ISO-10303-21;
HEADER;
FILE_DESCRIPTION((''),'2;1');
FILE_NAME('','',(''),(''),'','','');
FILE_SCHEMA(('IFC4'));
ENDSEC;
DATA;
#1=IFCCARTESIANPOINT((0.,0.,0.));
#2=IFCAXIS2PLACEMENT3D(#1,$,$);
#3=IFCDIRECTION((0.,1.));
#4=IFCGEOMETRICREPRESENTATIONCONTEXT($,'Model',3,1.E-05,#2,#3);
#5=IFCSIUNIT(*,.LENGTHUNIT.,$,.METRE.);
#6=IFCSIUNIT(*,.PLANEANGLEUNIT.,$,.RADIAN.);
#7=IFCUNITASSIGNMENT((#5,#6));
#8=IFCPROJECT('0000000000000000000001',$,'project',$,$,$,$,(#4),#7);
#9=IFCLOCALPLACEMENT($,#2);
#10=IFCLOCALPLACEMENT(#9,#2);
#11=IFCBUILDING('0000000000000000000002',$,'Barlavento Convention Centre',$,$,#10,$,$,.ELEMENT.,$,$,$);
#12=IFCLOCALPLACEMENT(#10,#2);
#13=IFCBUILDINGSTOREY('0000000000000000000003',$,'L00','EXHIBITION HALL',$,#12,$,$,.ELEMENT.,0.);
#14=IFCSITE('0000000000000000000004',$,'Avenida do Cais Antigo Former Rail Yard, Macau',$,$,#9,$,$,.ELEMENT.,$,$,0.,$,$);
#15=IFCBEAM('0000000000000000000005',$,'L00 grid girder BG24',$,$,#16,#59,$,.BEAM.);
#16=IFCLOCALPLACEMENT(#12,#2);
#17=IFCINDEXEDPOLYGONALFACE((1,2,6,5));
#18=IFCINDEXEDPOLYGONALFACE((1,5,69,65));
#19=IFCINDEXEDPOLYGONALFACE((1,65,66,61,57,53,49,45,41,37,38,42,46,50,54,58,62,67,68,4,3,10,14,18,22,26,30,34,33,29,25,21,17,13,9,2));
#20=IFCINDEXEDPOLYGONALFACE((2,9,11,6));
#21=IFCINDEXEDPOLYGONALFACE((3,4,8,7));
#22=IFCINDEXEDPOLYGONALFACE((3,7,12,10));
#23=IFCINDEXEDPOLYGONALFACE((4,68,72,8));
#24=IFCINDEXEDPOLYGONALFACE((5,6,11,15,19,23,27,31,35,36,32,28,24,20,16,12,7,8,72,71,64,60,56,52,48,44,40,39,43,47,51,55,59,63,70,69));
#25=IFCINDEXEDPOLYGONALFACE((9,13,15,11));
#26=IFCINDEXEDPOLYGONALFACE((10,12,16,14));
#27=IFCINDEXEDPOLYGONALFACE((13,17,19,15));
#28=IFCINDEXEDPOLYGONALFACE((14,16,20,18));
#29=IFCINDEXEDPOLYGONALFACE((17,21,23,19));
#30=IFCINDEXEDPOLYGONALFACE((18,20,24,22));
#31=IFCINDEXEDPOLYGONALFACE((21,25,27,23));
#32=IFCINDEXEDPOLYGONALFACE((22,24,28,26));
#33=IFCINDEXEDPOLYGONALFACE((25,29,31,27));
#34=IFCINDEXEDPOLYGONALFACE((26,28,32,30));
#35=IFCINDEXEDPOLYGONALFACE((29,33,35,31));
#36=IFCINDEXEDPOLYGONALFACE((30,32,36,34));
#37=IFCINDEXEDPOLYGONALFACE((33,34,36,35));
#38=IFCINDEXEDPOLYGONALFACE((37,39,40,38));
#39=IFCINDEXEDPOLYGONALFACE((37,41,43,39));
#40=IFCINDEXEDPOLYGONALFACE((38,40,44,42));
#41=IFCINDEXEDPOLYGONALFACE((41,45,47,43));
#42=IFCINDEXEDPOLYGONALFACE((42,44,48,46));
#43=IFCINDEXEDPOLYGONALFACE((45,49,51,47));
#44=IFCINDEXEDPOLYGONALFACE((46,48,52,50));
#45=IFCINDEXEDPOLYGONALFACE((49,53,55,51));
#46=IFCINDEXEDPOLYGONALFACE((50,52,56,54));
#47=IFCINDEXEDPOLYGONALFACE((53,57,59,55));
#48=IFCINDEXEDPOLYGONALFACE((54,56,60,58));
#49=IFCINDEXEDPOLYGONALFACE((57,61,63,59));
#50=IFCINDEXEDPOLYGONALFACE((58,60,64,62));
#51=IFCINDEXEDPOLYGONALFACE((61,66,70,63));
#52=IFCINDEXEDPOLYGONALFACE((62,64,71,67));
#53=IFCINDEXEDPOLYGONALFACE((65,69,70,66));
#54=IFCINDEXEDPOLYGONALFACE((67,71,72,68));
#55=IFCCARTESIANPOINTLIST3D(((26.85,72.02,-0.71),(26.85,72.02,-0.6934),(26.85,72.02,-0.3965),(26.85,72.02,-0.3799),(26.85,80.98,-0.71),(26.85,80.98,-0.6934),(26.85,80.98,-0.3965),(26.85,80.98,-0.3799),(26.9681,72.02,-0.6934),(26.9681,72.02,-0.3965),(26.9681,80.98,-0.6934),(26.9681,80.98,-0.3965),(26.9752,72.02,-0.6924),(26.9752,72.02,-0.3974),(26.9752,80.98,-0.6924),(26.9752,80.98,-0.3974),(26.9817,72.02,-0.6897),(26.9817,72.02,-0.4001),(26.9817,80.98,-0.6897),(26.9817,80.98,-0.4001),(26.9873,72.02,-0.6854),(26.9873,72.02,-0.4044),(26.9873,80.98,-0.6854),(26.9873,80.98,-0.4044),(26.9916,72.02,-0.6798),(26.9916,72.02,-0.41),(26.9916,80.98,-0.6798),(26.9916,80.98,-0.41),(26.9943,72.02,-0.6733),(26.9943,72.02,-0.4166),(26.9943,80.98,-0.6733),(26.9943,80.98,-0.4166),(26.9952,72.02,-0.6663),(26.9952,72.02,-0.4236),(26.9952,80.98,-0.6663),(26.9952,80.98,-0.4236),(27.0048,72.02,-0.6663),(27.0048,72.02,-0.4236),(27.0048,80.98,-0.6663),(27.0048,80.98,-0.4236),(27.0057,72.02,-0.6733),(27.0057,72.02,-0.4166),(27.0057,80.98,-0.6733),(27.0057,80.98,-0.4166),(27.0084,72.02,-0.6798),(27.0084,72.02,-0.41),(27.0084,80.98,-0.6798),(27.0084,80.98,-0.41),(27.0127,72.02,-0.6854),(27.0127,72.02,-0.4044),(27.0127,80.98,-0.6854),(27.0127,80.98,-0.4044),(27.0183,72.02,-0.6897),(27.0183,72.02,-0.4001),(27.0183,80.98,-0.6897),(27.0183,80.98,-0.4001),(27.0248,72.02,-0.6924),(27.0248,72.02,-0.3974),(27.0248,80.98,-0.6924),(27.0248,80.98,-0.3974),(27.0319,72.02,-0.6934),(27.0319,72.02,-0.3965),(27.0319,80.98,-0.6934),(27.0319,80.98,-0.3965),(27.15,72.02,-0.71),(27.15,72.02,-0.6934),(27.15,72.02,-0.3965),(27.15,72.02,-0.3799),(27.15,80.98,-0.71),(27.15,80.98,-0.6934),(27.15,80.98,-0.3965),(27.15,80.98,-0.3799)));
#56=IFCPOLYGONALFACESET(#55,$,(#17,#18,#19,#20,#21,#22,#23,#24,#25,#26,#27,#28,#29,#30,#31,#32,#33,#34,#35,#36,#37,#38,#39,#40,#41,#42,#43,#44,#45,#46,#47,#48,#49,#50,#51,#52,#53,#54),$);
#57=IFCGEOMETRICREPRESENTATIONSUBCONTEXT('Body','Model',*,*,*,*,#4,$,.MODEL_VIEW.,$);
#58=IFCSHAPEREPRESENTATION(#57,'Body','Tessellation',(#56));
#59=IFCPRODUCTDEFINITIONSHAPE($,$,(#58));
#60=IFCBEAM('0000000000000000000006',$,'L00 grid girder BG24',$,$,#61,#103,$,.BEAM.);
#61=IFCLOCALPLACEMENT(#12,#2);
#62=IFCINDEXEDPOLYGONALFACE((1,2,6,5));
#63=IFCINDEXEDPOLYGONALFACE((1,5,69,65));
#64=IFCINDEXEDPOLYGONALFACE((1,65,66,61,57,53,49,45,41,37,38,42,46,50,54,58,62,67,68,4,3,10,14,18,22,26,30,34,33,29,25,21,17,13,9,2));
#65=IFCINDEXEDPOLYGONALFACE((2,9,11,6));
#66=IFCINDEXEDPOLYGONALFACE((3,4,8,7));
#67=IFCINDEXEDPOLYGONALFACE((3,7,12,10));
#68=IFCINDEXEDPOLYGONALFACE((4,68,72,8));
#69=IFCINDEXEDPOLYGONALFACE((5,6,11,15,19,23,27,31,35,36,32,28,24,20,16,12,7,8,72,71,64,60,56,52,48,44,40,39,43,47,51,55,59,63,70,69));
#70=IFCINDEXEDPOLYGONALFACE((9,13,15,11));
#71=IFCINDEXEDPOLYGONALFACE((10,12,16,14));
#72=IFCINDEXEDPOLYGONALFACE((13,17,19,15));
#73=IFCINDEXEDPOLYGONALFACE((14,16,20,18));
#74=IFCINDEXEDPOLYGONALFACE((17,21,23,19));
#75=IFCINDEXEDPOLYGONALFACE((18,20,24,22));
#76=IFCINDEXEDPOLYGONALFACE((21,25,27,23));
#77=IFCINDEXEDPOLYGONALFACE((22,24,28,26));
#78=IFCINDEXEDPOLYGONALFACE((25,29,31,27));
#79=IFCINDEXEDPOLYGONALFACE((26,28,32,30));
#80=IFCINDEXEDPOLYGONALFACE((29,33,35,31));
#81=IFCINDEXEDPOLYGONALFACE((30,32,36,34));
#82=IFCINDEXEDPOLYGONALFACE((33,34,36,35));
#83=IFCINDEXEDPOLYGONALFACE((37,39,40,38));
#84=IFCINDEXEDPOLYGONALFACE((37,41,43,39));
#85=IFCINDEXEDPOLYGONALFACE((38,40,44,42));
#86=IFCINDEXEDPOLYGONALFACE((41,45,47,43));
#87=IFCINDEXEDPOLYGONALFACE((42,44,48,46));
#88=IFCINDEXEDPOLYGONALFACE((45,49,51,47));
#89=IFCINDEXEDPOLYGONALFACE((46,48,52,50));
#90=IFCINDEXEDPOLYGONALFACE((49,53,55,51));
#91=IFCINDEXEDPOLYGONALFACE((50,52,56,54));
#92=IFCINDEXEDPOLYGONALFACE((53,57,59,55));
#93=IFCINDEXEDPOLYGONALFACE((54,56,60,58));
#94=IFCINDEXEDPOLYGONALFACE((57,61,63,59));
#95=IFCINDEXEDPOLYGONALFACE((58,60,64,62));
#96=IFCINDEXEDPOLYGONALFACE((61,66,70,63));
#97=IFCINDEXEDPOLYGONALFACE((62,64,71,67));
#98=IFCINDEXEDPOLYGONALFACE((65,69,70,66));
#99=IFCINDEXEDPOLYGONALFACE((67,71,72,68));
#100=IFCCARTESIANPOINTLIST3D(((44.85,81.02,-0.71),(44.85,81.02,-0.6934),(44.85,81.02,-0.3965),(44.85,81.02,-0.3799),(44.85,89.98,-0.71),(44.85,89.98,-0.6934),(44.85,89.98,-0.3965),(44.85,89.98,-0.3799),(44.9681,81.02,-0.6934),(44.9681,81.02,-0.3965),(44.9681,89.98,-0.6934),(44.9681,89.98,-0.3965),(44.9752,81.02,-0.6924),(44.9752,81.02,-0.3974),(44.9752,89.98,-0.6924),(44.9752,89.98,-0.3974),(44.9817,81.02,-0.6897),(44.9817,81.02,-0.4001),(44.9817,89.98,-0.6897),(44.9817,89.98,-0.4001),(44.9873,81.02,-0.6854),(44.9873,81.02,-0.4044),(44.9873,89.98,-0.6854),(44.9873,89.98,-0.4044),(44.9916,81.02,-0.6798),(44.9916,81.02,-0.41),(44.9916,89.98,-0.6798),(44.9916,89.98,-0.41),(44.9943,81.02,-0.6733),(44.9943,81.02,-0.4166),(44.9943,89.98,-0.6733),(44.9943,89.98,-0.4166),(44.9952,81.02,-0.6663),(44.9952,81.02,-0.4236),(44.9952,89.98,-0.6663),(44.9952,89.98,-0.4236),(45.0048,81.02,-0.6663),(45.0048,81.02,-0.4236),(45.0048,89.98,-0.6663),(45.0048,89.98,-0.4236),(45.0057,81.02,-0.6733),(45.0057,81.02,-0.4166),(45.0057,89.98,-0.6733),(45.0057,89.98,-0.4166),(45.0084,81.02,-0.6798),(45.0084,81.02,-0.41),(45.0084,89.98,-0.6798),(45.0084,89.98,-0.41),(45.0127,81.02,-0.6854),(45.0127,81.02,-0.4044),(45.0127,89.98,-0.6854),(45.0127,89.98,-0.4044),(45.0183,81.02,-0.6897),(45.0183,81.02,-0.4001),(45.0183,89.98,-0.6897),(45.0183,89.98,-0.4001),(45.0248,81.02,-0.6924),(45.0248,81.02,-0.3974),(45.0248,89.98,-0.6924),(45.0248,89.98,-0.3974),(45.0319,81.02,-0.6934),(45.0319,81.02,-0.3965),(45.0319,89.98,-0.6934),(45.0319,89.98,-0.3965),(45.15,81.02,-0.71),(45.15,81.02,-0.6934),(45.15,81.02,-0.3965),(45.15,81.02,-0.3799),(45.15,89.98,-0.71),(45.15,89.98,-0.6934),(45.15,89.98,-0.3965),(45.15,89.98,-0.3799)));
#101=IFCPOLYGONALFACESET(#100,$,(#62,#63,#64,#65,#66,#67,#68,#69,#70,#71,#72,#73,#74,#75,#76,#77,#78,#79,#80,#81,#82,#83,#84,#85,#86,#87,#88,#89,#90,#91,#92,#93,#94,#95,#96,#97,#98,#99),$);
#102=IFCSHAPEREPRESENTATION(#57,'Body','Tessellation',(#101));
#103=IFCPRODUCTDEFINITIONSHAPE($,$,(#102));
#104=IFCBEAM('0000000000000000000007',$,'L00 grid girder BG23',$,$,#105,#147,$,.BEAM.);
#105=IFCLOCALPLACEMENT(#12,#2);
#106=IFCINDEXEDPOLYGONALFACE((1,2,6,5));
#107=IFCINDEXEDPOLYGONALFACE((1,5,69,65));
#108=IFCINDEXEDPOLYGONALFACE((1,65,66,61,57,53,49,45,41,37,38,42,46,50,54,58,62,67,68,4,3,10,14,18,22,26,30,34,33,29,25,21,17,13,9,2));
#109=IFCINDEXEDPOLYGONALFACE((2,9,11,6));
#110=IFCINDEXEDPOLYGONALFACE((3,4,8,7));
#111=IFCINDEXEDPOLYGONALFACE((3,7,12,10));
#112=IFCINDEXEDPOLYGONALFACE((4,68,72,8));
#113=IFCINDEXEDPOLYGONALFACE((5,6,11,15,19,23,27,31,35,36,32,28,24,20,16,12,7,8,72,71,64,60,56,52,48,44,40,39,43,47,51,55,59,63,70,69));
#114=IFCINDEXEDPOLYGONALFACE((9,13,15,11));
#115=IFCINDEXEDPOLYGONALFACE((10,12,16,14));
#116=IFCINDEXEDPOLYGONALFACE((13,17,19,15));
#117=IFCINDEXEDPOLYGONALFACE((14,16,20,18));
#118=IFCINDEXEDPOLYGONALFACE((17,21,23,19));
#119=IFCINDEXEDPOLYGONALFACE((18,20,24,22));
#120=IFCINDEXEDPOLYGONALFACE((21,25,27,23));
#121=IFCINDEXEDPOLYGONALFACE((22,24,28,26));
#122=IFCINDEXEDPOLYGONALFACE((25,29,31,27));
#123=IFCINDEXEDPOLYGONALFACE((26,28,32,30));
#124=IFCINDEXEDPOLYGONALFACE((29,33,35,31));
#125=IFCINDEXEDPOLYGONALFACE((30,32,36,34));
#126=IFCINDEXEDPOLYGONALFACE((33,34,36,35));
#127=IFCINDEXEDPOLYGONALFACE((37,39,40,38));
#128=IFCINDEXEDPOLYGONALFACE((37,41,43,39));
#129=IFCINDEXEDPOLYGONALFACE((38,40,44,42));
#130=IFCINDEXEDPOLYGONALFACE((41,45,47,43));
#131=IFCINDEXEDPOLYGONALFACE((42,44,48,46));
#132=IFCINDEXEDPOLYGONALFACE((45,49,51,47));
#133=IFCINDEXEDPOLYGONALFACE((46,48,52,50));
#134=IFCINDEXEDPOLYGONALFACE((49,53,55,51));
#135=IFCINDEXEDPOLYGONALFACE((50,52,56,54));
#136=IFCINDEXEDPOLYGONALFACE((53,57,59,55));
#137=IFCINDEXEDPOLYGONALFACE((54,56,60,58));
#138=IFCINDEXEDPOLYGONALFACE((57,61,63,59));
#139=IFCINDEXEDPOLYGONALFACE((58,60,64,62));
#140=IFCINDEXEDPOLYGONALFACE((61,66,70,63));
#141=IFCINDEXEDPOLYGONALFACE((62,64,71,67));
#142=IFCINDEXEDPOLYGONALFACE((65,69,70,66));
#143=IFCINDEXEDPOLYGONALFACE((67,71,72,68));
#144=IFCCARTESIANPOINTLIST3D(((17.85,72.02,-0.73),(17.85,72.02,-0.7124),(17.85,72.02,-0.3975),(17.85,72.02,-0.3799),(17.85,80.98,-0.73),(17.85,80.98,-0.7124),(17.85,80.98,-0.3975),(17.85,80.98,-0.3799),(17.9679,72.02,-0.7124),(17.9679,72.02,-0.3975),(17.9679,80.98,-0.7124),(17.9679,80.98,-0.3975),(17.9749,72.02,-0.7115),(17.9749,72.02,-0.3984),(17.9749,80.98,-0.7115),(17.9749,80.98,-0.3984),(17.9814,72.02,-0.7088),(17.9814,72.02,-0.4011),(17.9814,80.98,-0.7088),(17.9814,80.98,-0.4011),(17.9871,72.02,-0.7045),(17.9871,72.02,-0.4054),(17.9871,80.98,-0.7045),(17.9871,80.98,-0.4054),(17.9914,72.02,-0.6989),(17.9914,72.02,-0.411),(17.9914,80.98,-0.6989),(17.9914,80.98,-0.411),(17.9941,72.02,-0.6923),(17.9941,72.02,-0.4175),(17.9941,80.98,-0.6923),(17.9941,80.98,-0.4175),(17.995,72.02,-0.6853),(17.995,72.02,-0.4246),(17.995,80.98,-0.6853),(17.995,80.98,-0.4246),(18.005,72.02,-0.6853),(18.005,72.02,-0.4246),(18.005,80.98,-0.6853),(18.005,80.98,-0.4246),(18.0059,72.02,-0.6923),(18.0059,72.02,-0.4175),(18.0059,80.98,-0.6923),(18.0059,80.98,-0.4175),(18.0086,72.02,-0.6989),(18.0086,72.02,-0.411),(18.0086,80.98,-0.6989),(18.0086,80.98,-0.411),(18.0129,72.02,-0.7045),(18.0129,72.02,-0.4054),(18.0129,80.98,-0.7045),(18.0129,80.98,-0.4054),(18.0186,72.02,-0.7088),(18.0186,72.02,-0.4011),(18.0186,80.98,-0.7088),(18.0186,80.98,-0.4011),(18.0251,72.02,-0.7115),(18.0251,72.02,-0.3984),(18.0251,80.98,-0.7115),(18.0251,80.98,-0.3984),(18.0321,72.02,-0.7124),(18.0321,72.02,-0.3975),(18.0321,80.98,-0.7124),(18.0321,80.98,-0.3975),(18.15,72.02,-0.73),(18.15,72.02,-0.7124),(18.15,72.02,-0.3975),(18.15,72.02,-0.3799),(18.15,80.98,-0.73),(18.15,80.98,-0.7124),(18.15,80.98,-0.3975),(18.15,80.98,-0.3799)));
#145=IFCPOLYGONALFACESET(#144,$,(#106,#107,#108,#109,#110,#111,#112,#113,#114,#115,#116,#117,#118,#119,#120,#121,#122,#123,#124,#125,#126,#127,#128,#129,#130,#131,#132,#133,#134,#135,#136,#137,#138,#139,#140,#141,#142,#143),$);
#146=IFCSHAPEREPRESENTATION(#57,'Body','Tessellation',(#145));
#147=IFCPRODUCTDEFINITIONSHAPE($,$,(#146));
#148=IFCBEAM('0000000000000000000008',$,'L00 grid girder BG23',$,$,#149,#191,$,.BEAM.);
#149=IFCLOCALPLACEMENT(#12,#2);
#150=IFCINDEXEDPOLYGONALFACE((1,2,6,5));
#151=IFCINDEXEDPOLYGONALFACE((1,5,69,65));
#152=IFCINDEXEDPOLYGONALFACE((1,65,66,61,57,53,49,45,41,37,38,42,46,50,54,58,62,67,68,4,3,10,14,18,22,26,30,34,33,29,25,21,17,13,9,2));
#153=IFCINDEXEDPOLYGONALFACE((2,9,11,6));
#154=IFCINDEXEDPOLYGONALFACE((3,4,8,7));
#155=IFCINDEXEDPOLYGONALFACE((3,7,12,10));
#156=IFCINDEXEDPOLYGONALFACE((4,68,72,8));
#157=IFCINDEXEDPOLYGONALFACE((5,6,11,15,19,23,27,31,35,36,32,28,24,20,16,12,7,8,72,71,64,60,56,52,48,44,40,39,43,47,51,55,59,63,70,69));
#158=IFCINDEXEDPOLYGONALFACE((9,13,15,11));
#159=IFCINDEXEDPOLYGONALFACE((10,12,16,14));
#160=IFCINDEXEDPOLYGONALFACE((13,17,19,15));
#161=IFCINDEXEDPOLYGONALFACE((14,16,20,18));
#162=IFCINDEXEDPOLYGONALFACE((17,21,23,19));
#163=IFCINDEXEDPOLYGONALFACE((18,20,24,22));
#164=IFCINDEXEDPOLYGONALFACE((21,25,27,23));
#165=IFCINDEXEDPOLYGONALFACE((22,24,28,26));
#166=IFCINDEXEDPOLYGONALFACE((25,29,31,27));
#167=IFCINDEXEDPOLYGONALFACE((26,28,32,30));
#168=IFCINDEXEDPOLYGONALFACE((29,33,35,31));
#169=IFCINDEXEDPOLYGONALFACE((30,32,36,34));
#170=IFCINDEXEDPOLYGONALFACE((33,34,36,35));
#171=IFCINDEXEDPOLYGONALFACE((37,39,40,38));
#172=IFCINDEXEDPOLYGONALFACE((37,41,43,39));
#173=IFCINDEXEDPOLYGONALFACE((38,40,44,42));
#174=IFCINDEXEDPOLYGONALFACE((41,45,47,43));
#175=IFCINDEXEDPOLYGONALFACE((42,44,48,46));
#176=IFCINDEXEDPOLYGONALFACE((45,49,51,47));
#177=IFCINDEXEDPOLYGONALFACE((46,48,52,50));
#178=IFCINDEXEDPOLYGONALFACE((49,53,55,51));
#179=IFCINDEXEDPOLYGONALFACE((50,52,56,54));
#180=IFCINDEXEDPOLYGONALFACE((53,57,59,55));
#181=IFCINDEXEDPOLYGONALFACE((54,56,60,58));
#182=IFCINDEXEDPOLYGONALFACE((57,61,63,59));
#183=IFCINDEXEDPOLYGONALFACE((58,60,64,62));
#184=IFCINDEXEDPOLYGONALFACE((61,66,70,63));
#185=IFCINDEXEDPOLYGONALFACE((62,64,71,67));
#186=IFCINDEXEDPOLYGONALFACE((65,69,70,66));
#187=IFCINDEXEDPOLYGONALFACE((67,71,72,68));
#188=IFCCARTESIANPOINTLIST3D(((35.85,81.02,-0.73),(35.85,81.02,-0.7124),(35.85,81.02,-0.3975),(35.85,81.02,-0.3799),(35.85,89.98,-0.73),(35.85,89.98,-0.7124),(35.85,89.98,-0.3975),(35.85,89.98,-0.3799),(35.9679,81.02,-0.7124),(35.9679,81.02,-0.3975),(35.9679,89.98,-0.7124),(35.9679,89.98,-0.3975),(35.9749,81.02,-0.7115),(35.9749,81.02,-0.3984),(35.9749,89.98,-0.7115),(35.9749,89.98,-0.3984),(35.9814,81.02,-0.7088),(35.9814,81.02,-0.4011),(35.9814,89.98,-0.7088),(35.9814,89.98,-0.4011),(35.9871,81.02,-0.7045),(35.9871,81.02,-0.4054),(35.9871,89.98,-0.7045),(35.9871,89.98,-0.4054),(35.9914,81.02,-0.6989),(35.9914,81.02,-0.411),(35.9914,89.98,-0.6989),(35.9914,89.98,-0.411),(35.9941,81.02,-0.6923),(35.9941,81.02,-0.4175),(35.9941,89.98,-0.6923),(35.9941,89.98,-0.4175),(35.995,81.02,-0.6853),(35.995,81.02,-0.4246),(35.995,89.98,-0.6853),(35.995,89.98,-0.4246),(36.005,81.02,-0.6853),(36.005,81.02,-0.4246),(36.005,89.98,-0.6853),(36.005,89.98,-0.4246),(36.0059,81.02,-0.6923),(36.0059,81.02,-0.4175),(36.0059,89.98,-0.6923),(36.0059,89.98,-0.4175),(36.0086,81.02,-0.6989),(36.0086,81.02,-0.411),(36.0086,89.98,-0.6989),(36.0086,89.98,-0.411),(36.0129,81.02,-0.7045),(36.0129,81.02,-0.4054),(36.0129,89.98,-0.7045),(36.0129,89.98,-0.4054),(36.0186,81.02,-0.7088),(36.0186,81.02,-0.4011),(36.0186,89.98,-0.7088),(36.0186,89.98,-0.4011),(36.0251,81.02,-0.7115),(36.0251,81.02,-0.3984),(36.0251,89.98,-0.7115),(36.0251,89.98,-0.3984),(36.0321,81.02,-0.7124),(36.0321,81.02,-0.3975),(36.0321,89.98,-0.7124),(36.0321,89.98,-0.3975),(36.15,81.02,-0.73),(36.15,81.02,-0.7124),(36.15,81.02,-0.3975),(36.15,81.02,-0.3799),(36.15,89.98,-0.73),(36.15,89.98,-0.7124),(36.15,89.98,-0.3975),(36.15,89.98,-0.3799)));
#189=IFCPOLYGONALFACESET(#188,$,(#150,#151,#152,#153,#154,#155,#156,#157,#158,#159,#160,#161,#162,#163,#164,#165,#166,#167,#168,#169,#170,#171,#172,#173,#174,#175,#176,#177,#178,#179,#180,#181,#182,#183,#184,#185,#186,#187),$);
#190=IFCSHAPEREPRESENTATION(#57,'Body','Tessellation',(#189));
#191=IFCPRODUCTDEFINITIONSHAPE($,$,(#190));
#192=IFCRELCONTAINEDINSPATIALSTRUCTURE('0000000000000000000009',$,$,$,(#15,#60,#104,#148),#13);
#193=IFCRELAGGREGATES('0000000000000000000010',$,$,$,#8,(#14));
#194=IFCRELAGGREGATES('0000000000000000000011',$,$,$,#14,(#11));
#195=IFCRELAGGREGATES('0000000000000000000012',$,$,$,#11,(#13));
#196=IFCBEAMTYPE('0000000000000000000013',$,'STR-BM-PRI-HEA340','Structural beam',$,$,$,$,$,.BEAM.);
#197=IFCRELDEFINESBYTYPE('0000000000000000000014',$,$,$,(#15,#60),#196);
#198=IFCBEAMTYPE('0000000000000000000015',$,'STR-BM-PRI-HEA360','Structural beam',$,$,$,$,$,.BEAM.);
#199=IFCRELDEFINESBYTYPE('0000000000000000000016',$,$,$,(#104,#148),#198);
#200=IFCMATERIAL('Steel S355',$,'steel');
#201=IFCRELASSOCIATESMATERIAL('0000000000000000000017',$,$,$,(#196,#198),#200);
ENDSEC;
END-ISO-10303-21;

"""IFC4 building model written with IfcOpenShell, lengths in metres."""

from ifc_helpers import new_model, si_unit, direction, frame, origin, origin_2d, place, context, subcontext, project, spatial, i_section, extrude, material, material_profile, profile_set, type_object, element, save


model = new_model("IFC4")

# Units and contexts
model_context = context("Model", 3, precision=1e-05, world=origin(), true_north=direction((0.0, 1.0)))
body_context = subcontext(model_context, "Body", "Model", "MODEL_VIEW")
ifc_project = project(units=[si_unit("LENGTHUNIT", "METRE"), si_unit("PLANEANGLEUNIT", "RADIAN")], contexts=[model_context])

# Site, building, storey
site_placement = place(None, origin())
site = spatial("IfcSite", under=ifc_project, at=site_placement, Name="Avenida do Cais Antigo Former Rail Yard, Macau", CompositionType="ELEMENT", RefElevation=0.0)
building_placement = place(site_placement, origin())
building = spatial("IfcBuilding", under=site, at=building_placement, Name="Barlavento Convention Centre", CompositionType="ELEMENT")
storey_placement = place(building_placement, origin())
storey = spatial("IfcBuildingStorey", under=building, at=storey_placement, Name="L00", Description="EXHIBITION HALL", CompositionType="ELEMENT", Elevation=0.0)

# Beams
ifc_material = material(Name="Steel S355", Category="steel")
ifc_material_profile_1 = material_profile(ifc_material, i_section(OverallWidth=0.3, OverallDepth=0.3301, WebThickness=0.0095, FlangeThickness=0.0166, FilletRadius=0.0271, at=origin_2d()), Name="HEA 340")
ifc_profile_set_1 = profile_set([ifc_material_profile_1], Name="Steel S355")
beam_type_1 = type_object("IfcBeamType", Name="STR-BM-PRI-HEA340", Description="Structural beam", PredefinedType="BEAM", material=ifc_profile_set_1)
for number, where, z_axis, x_axis, name in (
    (1, (27.0, 72.02, -0.5449), (0.0, 1.0, 0.0), (-1.0, 0.0, 0.0), "L00 grid girder BG24"),
    (2, (45.0, 81.02, -0.5449), (0.0, 1.0, 0.0), (-1.0, 0.0, 0.0), "L00 grid girder BG24"),
):
    element("IfcBeam", number, at=place(storey_placement, frame(where, z_axis=z_axis, x_axis=x_axis)), inside=storey, type_object=beam_type_1, Name=name, PredefinedType="BEAM", context=body_context, shape_type="SweptSolid", body=[
        extrude(i_section(OverallWidth=0.3, OverallDepth=0.3301, WebThickness=0.0095, FlangeThickness=0.0166, FilletRadius=0.0271, at=origin_2d()), origin(), (0.0, 0.0, 1.0), 8.96),
    ])
ifc_material_profile_2 = material_profile(ifc_material, i_section(OverallWidth=0.3, OverallDepth=0.3501, WebThickness=0.01, FlangeThickness=0.0176, FilletRadius=0.0271, at=origin_2d()), Name="HEA 360")
ifc_profile_set_2 = profile_set([ifc_material_profile_2], Name="Steel S355")
beam_type_2 = type_object("IfcBeamType", Name="STR-BM-PRI-HEA360", Description="Structural beam", PredefinedType="BEAM", material=ifc_profile_set_2)
for number, where, z_axis, x_axis, name in (
    (3, (18.0, 72.02, -0.5549), (0.0, 1.0, 0.0), (-1.0, 0.0, 0.0), "L00 grid girder BG23"),
    (4, (36.0, 81.02, -0.5549), (0.0, 1.0, 0.0), (-1.0, 0.0, 0.0), "L00 grid girder BG23"),
):
    element("IfcBeam", number, at=place(storey_placement, frame(where, z_axis=z_axis, x_axis=x_axis)), inside=storey, type_object=beam_type_2, Name=name, PredefinedType="BEAM", context=body_context, shape_type="SweptSolid", body=[
        extrude(i_section(OverallWidth=0.3, OverallDepth=0.3501, WebThickness=0.01, FlangeThickness=0.0176, FilletRadius=0.0271, at=origin_2d()), origin(), (0.0, 0.0, 1.0), 8.96),
    ])

save(model, "model.ifc")
